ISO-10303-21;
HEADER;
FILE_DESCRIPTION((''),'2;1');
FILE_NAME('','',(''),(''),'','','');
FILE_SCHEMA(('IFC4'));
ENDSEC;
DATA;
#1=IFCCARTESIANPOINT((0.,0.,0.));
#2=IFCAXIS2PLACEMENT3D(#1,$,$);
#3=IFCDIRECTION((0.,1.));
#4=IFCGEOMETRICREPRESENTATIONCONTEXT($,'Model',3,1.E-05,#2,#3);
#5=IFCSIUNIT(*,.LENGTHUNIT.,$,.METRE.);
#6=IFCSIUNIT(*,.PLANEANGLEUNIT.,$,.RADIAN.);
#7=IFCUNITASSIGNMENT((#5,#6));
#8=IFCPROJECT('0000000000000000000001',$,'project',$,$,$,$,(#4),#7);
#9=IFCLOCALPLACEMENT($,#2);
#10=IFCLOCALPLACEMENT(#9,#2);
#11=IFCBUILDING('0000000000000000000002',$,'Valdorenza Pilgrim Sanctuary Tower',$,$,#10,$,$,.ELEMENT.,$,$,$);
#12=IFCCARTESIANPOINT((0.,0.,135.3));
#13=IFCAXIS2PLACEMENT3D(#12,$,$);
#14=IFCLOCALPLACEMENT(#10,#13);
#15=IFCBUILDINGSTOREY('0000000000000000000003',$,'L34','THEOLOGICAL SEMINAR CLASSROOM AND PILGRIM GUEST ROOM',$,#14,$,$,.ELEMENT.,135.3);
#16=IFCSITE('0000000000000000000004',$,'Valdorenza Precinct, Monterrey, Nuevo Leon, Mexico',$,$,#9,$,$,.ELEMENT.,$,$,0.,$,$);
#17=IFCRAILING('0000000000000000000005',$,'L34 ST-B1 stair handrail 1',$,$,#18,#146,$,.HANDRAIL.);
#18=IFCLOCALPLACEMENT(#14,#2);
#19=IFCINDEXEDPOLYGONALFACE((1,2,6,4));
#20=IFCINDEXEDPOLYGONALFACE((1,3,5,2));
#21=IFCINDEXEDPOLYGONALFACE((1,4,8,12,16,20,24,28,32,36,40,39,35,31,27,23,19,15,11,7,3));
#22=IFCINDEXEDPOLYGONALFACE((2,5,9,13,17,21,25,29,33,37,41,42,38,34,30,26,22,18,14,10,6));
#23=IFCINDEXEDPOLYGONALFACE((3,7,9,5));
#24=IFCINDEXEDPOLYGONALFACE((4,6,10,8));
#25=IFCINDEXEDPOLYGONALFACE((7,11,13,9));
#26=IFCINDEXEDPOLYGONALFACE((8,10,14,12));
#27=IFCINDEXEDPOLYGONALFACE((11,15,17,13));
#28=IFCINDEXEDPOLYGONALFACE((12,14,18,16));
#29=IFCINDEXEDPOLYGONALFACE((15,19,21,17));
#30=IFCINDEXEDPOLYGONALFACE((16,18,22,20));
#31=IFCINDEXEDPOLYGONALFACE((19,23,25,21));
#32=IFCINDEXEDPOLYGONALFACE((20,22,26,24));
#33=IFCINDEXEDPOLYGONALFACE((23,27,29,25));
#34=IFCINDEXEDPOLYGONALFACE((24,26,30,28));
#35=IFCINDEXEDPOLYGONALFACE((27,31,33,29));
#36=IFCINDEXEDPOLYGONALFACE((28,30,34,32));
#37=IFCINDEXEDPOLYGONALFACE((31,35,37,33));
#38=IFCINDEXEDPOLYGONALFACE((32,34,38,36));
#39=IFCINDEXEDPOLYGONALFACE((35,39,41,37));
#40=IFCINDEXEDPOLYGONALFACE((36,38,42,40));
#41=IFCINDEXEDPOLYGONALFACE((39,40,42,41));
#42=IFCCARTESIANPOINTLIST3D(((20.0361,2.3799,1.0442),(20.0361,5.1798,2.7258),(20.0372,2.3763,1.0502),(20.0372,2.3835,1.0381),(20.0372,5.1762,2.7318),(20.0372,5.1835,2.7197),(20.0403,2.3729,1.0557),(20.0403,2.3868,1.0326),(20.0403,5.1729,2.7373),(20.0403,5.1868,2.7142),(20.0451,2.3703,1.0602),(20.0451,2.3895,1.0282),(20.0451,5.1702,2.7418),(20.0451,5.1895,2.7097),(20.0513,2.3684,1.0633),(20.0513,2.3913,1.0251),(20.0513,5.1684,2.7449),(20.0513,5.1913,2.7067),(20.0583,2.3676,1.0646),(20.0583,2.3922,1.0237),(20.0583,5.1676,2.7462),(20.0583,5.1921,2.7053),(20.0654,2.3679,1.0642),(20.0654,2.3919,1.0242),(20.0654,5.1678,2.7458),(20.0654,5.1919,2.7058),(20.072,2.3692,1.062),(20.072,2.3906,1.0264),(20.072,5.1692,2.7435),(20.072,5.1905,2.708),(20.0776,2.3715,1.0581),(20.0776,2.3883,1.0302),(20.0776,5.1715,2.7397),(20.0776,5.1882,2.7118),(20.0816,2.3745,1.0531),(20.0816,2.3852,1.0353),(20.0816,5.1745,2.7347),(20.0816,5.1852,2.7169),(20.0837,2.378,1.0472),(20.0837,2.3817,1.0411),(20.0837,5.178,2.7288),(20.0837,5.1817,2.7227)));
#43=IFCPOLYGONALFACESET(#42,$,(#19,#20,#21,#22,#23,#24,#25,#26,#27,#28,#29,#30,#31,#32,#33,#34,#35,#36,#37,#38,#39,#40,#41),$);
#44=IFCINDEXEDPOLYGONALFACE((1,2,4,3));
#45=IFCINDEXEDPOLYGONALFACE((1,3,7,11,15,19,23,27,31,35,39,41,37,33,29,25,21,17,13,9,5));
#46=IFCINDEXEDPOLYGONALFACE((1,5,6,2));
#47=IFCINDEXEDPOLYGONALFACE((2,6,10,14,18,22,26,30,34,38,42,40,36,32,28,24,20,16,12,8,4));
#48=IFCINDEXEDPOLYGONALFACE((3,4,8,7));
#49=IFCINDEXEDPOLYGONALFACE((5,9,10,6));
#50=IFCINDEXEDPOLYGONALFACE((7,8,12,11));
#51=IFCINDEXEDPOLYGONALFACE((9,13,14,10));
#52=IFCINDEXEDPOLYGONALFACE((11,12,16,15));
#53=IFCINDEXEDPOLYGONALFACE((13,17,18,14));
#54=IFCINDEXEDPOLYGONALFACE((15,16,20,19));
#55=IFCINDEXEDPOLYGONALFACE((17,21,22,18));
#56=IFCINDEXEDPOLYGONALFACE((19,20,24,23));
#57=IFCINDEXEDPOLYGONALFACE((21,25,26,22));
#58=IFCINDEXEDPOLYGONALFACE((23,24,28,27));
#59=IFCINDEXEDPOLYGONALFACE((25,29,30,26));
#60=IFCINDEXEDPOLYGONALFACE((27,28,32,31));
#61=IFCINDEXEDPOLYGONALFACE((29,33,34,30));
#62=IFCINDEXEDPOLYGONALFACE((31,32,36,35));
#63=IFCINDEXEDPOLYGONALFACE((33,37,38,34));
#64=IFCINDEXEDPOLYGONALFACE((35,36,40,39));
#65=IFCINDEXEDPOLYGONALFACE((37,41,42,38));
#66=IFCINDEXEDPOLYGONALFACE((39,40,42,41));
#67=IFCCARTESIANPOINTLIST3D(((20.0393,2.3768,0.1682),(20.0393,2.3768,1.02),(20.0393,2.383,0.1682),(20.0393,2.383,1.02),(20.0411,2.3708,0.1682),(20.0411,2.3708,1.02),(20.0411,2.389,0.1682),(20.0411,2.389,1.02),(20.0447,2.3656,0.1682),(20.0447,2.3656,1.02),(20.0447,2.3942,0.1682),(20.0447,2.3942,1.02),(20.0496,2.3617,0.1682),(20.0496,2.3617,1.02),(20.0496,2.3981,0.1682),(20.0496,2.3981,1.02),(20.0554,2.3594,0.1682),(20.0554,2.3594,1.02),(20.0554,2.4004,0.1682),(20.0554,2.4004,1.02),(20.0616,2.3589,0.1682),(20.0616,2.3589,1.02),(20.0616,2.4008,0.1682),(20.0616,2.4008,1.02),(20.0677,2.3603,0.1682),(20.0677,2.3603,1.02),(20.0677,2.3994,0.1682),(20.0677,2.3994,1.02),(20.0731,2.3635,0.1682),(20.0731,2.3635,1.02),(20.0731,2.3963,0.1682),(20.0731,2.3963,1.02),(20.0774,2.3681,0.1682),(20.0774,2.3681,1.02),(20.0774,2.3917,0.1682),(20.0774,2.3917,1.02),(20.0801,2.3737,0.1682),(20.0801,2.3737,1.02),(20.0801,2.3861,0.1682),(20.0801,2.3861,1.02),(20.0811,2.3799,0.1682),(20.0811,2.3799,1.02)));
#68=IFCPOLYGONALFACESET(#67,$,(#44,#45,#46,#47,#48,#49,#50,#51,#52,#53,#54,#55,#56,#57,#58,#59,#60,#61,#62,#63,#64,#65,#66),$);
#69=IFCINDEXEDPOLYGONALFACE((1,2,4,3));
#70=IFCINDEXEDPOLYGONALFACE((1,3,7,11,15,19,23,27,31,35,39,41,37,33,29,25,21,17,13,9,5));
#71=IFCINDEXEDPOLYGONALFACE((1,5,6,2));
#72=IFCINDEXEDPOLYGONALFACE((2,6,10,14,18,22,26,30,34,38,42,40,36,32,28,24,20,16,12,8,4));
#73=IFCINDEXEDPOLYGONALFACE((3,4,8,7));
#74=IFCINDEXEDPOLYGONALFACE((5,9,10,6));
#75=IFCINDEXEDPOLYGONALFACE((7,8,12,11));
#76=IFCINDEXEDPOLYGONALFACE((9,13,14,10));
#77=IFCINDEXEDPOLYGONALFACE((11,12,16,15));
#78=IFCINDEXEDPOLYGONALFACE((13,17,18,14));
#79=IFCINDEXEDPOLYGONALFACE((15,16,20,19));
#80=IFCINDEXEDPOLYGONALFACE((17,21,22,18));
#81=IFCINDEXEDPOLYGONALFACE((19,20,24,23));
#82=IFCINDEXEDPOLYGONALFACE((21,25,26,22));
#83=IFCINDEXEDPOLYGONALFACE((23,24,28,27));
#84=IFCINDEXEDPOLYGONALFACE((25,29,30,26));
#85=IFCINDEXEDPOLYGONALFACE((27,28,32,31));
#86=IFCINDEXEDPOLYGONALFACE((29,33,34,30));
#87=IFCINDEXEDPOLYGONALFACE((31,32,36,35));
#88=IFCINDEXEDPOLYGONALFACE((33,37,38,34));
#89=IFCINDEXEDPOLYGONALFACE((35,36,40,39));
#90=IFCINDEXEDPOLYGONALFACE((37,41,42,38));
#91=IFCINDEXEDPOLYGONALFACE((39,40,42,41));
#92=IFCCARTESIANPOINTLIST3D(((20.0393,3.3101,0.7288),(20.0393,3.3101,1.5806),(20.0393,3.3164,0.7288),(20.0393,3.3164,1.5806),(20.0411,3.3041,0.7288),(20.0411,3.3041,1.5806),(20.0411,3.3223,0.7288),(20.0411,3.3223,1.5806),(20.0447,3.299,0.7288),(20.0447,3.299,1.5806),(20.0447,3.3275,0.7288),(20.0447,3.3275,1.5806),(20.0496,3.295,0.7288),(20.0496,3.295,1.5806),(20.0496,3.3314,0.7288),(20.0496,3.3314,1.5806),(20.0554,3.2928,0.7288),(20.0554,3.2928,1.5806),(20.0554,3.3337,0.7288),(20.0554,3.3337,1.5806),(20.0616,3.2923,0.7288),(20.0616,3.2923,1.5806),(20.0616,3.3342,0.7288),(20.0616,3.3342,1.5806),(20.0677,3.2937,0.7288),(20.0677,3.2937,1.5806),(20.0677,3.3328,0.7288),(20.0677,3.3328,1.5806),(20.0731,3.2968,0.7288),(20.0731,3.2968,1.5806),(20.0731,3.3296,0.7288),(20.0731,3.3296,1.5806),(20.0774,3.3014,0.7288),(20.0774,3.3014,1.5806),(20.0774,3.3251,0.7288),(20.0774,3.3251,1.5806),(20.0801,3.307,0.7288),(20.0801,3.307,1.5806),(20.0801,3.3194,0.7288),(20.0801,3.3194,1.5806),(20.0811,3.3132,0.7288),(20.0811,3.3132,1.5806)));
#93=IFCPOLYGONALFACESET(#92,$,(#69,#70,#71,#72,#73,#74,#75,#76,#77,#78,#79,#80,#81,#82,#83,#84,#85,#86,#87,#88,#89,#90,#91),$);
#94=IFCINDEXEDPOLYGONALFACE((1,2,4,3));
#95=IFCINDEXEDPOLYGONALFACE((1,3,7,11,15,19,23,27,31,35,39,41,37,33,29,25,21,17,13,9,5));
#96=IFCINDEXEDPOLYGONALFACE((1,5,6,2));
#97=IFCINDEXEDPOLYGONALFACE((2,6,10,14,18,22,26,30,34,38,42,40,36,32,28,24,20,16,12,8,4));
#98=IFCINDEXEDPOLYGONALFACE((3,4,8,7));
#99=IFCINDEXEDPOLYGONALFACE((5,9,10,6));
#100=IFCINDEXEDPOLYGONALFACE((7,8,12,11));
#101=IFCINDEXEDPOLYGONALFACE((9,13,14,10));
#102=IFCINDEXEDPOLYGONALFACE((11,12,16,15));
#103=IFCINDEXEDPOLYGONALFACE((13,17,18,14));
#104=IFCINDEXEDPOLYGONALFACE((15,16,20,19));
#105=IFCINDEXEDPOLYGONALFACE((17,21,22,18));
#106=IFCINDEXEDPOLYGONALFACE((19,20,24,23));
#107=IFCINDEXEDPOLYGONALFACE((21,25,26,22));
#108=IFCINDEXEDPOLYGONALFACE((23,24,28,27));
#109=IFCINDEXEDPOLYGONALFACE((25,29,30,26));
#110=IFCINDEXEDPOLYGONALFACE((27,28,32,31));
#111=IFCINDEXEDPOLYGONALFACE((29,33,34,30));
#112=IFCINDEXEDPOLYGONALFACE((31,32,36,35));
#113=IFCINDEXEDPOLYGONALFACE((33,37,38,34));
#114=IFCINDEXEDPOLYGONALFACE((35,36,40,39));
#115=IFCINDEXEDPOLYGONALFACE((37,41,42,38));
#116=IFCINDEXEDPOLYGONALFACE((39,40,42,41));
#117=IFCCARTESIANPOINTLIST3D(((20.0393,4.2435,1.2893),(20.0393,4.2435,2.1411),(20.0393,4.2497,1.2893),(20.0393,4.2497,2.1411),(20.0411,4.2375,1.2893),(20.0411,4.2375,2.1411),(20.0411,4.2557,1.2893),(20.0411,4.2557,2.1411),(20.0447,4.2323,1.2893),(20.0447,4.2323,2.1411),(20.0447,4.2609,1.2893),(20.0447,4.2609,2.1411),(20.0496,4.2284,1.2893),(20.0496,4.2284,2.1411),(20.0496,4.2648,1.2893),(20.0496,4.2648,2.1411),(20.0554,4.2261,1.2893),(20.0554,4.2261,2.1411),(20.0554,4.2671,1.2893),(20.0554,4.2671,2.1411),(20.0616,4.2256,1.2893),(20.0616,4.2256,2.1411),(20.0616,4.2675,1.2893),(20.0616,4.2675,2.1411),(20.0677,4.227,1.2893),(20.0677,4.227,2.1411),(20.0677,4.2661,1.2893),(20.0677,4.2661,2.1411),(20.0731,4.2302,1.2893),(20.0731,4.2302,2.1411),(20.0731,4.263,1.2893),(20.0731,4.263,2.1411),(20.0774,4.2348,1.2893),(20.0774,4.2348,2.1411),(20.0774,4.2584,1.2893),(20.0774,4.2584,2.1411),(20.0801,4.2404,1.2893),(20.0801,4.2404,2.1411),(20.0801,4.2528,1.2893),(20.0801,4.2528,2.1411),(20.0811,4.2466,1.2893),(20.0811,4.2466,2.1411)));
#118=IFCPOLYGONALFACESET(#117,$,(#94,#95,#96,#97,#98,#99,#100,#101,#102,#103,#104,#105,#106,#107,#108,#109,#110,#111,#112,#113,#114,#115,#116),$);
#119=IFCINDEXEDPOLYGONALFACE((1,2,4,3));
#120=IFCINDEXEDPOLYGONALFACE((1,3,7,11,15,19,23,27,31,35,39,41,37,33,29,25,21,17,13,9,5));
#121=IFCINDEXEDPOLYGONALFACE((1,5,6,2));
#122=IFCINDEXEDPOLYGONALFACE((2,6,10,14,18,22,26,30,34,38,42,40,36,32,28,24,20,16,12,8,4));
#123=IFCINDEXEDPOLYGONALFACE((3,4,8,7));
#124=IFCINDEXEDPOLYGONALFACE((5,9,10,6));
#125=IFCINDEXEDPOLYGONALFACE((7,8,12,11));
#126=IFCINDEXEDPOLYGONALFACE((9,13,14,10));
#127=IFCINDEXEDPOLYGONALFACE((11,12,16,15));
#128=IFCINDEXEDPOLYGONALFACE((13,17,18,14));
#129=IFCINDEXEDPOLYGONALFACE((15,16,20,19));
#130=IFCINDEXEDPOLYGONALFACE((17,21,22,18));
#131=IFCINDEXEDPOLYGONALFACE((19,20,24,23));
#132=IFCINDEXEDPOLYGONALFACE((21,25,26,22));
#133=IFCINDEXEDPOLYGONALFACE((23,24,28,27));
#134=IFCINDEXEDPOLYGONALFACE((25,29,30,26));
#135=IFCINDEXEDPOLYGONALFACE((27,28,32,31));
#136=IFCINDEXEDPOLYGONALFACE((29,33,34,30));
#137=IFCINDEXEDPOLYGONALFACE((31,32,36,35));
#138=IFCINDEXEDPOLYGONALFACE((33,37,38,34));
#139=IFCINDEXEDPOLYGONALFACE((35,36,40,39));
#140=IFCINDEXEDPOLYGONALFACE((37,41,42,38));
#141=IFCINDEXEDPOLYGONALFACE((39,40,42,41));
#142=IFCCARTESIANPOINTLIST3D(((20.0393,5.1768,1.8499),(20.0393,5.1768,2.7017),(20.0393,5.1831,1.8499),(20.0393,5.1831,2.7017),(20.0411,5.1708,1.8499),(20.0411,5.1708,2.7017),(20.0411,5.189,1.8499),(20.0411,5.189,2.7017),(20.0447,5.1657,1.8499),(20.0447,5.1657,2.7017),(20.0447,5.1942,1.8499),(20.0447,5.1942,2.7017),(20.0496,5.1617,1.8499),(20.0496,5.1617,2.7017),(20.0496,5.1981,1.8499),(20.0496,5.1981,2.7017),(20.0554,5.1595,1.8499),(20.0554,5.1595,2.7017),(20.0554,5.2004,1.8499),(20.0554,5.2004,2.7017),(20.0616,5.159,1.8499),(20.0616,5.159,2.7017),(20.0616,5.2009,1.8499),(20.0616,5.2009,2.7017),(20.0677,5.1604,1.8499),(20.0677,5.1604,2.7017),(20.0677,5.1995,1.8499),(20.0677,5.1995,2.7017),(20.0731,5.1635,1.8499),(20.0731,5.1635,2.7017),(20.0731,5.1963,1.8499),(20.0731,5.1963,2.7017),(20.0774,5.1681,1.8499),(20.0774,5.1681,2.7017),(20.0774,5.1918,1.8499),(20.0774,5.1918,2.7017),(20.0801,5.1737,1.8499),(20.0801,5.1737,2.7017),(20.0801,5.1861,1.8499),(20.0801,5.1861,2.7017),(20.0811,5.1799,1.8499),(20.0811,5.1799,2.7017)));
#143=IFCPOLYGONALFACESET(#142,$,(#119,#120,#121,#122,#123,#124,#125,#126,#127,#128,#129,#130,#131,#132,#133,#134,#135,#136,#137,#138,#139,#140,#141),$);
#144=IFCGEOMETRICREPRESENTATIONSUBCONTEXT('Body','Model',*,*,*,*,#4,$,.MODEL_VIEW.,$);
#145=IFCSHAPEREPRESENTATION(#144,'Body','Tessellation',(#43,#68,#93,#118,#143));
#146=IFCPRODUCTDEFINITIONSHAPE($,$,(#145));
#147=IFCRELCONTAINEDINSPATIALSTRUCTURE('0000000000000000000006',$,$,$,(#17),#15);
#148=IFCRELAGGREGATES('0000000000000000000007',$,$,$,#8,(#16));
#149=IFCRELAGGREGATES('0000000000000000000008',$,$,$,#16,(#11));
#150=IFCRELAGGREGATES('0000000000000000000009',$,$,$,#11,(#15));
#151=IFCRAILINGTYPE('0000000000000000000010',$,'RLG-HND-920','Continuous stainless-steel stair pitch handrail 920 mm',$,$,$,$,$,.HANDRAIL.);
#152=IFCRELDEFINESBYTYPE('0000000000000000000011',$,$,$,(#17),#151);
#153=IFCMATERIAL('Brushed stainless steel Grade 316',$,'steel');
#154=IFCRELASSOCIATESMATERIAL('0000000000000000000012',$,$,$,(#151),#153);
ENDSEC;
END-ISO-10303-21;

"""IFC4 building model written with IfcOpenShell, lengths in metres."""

from ifc_helpers import new_model, si_unit, direction, frame, origin, origin_2d, place, context, subcontext, project, spatial, circle, extrude, material, type_object, element, save


model = new_model("IFC4")

# Units and contexts
model_context = context("Model", 3, precision=1e-05, world=origin(), true_north=direction((0.0, 1.0)))
body_context = subcontext(model_context, "Body", "Model", "MODEL_VIEW")
ifc_project = project(units=[si_unit("LENGTHUNIT", "METRE"), si_unit("PLANEANGLEUNIT", "RADIAN")], contexts=[model_context])

# Site, building, storey
site_placement = place(None, origin())
site = spatial("IfcSite", under=ifc_project, at=site_placement, Name="Valdorenza Precinct, Monterrey, Nuevo Leon, Mexico", CompositionType="ELEMENT", RefElevation=0.0)
building_placement = place(site_placement, origin())
building = spatial("IfcBuilding", under=site, at=building_placement, Name="Valdorenza Pilgrim Sanctuary Tower", CompositionType="ELEMENT")
storey_placement = place(building_placement, frame((0.0, 0.0, 135.3)))
storey = spatial("IfcBuildingStorey", under=building, at=storey_placement, Name="L34", Description="THEOLOGICAL SEMINAR CLASSROOM AND PILGRIM GUEST ROOM", CompositionType="ELEMENT", Elevation=135.3)

# Shared definitions
ifc_material_1 = material(Name="Brushed stainless steel Grade 316", Category="steel")

# Railing
railing_type_1 = type_object("IfcRailingType", Name="RLG-HND-920", Description="Continuous stainless-steel stair pitch handrail 920 mm", PredefinedType="HANDRAIL", material=ifc_material_1)
railing_1_placement = place(storey_placement, frame((20.0601, 2.3799, 0.1682)))
element("IfcRailing", 1, at=railing_1_placement, inside=storey, type_object=railing_type_1, Name="L34 ST-B1 stair handrail 1", PredefinedType="HANDRAIL", context=body_context, shape_type="SweptSolid", body=[
    extrude(circle(Radius=0.0239, at=origin_2d()), frame((0.0, 0.0, 0.876), z_axis=(0.0, 0.857275, 0.514858), x_axis=(-1.0, 0.0, 0.0)), (0.0, 0.0, 1.0), 3.2661),
    extrude(circle(Radius=0.021, at=origin_2d()), origin(), (0.0, 0.0, 1.0), 0.8518),
    extrude(circle(Radius=0.021, at=origin_2d()), frame((0.0, 0.9333, 0.5605)), (0.0, 0.0, 1.0), 0.8518),
    extrude(circle(Radius=0.021, at=origin_2d()), frame((0.0, 1.8667, 1.1211)), (0.0, 0.0, 1.0), 0.8518),
    extrude(circle(Radius=0.021, at=origin_2d()), frame((0.0, 2.8, 1.6816)), (0.0, 0.0, 1.0), 0.8518),
])

save(model, "model.ifc")
